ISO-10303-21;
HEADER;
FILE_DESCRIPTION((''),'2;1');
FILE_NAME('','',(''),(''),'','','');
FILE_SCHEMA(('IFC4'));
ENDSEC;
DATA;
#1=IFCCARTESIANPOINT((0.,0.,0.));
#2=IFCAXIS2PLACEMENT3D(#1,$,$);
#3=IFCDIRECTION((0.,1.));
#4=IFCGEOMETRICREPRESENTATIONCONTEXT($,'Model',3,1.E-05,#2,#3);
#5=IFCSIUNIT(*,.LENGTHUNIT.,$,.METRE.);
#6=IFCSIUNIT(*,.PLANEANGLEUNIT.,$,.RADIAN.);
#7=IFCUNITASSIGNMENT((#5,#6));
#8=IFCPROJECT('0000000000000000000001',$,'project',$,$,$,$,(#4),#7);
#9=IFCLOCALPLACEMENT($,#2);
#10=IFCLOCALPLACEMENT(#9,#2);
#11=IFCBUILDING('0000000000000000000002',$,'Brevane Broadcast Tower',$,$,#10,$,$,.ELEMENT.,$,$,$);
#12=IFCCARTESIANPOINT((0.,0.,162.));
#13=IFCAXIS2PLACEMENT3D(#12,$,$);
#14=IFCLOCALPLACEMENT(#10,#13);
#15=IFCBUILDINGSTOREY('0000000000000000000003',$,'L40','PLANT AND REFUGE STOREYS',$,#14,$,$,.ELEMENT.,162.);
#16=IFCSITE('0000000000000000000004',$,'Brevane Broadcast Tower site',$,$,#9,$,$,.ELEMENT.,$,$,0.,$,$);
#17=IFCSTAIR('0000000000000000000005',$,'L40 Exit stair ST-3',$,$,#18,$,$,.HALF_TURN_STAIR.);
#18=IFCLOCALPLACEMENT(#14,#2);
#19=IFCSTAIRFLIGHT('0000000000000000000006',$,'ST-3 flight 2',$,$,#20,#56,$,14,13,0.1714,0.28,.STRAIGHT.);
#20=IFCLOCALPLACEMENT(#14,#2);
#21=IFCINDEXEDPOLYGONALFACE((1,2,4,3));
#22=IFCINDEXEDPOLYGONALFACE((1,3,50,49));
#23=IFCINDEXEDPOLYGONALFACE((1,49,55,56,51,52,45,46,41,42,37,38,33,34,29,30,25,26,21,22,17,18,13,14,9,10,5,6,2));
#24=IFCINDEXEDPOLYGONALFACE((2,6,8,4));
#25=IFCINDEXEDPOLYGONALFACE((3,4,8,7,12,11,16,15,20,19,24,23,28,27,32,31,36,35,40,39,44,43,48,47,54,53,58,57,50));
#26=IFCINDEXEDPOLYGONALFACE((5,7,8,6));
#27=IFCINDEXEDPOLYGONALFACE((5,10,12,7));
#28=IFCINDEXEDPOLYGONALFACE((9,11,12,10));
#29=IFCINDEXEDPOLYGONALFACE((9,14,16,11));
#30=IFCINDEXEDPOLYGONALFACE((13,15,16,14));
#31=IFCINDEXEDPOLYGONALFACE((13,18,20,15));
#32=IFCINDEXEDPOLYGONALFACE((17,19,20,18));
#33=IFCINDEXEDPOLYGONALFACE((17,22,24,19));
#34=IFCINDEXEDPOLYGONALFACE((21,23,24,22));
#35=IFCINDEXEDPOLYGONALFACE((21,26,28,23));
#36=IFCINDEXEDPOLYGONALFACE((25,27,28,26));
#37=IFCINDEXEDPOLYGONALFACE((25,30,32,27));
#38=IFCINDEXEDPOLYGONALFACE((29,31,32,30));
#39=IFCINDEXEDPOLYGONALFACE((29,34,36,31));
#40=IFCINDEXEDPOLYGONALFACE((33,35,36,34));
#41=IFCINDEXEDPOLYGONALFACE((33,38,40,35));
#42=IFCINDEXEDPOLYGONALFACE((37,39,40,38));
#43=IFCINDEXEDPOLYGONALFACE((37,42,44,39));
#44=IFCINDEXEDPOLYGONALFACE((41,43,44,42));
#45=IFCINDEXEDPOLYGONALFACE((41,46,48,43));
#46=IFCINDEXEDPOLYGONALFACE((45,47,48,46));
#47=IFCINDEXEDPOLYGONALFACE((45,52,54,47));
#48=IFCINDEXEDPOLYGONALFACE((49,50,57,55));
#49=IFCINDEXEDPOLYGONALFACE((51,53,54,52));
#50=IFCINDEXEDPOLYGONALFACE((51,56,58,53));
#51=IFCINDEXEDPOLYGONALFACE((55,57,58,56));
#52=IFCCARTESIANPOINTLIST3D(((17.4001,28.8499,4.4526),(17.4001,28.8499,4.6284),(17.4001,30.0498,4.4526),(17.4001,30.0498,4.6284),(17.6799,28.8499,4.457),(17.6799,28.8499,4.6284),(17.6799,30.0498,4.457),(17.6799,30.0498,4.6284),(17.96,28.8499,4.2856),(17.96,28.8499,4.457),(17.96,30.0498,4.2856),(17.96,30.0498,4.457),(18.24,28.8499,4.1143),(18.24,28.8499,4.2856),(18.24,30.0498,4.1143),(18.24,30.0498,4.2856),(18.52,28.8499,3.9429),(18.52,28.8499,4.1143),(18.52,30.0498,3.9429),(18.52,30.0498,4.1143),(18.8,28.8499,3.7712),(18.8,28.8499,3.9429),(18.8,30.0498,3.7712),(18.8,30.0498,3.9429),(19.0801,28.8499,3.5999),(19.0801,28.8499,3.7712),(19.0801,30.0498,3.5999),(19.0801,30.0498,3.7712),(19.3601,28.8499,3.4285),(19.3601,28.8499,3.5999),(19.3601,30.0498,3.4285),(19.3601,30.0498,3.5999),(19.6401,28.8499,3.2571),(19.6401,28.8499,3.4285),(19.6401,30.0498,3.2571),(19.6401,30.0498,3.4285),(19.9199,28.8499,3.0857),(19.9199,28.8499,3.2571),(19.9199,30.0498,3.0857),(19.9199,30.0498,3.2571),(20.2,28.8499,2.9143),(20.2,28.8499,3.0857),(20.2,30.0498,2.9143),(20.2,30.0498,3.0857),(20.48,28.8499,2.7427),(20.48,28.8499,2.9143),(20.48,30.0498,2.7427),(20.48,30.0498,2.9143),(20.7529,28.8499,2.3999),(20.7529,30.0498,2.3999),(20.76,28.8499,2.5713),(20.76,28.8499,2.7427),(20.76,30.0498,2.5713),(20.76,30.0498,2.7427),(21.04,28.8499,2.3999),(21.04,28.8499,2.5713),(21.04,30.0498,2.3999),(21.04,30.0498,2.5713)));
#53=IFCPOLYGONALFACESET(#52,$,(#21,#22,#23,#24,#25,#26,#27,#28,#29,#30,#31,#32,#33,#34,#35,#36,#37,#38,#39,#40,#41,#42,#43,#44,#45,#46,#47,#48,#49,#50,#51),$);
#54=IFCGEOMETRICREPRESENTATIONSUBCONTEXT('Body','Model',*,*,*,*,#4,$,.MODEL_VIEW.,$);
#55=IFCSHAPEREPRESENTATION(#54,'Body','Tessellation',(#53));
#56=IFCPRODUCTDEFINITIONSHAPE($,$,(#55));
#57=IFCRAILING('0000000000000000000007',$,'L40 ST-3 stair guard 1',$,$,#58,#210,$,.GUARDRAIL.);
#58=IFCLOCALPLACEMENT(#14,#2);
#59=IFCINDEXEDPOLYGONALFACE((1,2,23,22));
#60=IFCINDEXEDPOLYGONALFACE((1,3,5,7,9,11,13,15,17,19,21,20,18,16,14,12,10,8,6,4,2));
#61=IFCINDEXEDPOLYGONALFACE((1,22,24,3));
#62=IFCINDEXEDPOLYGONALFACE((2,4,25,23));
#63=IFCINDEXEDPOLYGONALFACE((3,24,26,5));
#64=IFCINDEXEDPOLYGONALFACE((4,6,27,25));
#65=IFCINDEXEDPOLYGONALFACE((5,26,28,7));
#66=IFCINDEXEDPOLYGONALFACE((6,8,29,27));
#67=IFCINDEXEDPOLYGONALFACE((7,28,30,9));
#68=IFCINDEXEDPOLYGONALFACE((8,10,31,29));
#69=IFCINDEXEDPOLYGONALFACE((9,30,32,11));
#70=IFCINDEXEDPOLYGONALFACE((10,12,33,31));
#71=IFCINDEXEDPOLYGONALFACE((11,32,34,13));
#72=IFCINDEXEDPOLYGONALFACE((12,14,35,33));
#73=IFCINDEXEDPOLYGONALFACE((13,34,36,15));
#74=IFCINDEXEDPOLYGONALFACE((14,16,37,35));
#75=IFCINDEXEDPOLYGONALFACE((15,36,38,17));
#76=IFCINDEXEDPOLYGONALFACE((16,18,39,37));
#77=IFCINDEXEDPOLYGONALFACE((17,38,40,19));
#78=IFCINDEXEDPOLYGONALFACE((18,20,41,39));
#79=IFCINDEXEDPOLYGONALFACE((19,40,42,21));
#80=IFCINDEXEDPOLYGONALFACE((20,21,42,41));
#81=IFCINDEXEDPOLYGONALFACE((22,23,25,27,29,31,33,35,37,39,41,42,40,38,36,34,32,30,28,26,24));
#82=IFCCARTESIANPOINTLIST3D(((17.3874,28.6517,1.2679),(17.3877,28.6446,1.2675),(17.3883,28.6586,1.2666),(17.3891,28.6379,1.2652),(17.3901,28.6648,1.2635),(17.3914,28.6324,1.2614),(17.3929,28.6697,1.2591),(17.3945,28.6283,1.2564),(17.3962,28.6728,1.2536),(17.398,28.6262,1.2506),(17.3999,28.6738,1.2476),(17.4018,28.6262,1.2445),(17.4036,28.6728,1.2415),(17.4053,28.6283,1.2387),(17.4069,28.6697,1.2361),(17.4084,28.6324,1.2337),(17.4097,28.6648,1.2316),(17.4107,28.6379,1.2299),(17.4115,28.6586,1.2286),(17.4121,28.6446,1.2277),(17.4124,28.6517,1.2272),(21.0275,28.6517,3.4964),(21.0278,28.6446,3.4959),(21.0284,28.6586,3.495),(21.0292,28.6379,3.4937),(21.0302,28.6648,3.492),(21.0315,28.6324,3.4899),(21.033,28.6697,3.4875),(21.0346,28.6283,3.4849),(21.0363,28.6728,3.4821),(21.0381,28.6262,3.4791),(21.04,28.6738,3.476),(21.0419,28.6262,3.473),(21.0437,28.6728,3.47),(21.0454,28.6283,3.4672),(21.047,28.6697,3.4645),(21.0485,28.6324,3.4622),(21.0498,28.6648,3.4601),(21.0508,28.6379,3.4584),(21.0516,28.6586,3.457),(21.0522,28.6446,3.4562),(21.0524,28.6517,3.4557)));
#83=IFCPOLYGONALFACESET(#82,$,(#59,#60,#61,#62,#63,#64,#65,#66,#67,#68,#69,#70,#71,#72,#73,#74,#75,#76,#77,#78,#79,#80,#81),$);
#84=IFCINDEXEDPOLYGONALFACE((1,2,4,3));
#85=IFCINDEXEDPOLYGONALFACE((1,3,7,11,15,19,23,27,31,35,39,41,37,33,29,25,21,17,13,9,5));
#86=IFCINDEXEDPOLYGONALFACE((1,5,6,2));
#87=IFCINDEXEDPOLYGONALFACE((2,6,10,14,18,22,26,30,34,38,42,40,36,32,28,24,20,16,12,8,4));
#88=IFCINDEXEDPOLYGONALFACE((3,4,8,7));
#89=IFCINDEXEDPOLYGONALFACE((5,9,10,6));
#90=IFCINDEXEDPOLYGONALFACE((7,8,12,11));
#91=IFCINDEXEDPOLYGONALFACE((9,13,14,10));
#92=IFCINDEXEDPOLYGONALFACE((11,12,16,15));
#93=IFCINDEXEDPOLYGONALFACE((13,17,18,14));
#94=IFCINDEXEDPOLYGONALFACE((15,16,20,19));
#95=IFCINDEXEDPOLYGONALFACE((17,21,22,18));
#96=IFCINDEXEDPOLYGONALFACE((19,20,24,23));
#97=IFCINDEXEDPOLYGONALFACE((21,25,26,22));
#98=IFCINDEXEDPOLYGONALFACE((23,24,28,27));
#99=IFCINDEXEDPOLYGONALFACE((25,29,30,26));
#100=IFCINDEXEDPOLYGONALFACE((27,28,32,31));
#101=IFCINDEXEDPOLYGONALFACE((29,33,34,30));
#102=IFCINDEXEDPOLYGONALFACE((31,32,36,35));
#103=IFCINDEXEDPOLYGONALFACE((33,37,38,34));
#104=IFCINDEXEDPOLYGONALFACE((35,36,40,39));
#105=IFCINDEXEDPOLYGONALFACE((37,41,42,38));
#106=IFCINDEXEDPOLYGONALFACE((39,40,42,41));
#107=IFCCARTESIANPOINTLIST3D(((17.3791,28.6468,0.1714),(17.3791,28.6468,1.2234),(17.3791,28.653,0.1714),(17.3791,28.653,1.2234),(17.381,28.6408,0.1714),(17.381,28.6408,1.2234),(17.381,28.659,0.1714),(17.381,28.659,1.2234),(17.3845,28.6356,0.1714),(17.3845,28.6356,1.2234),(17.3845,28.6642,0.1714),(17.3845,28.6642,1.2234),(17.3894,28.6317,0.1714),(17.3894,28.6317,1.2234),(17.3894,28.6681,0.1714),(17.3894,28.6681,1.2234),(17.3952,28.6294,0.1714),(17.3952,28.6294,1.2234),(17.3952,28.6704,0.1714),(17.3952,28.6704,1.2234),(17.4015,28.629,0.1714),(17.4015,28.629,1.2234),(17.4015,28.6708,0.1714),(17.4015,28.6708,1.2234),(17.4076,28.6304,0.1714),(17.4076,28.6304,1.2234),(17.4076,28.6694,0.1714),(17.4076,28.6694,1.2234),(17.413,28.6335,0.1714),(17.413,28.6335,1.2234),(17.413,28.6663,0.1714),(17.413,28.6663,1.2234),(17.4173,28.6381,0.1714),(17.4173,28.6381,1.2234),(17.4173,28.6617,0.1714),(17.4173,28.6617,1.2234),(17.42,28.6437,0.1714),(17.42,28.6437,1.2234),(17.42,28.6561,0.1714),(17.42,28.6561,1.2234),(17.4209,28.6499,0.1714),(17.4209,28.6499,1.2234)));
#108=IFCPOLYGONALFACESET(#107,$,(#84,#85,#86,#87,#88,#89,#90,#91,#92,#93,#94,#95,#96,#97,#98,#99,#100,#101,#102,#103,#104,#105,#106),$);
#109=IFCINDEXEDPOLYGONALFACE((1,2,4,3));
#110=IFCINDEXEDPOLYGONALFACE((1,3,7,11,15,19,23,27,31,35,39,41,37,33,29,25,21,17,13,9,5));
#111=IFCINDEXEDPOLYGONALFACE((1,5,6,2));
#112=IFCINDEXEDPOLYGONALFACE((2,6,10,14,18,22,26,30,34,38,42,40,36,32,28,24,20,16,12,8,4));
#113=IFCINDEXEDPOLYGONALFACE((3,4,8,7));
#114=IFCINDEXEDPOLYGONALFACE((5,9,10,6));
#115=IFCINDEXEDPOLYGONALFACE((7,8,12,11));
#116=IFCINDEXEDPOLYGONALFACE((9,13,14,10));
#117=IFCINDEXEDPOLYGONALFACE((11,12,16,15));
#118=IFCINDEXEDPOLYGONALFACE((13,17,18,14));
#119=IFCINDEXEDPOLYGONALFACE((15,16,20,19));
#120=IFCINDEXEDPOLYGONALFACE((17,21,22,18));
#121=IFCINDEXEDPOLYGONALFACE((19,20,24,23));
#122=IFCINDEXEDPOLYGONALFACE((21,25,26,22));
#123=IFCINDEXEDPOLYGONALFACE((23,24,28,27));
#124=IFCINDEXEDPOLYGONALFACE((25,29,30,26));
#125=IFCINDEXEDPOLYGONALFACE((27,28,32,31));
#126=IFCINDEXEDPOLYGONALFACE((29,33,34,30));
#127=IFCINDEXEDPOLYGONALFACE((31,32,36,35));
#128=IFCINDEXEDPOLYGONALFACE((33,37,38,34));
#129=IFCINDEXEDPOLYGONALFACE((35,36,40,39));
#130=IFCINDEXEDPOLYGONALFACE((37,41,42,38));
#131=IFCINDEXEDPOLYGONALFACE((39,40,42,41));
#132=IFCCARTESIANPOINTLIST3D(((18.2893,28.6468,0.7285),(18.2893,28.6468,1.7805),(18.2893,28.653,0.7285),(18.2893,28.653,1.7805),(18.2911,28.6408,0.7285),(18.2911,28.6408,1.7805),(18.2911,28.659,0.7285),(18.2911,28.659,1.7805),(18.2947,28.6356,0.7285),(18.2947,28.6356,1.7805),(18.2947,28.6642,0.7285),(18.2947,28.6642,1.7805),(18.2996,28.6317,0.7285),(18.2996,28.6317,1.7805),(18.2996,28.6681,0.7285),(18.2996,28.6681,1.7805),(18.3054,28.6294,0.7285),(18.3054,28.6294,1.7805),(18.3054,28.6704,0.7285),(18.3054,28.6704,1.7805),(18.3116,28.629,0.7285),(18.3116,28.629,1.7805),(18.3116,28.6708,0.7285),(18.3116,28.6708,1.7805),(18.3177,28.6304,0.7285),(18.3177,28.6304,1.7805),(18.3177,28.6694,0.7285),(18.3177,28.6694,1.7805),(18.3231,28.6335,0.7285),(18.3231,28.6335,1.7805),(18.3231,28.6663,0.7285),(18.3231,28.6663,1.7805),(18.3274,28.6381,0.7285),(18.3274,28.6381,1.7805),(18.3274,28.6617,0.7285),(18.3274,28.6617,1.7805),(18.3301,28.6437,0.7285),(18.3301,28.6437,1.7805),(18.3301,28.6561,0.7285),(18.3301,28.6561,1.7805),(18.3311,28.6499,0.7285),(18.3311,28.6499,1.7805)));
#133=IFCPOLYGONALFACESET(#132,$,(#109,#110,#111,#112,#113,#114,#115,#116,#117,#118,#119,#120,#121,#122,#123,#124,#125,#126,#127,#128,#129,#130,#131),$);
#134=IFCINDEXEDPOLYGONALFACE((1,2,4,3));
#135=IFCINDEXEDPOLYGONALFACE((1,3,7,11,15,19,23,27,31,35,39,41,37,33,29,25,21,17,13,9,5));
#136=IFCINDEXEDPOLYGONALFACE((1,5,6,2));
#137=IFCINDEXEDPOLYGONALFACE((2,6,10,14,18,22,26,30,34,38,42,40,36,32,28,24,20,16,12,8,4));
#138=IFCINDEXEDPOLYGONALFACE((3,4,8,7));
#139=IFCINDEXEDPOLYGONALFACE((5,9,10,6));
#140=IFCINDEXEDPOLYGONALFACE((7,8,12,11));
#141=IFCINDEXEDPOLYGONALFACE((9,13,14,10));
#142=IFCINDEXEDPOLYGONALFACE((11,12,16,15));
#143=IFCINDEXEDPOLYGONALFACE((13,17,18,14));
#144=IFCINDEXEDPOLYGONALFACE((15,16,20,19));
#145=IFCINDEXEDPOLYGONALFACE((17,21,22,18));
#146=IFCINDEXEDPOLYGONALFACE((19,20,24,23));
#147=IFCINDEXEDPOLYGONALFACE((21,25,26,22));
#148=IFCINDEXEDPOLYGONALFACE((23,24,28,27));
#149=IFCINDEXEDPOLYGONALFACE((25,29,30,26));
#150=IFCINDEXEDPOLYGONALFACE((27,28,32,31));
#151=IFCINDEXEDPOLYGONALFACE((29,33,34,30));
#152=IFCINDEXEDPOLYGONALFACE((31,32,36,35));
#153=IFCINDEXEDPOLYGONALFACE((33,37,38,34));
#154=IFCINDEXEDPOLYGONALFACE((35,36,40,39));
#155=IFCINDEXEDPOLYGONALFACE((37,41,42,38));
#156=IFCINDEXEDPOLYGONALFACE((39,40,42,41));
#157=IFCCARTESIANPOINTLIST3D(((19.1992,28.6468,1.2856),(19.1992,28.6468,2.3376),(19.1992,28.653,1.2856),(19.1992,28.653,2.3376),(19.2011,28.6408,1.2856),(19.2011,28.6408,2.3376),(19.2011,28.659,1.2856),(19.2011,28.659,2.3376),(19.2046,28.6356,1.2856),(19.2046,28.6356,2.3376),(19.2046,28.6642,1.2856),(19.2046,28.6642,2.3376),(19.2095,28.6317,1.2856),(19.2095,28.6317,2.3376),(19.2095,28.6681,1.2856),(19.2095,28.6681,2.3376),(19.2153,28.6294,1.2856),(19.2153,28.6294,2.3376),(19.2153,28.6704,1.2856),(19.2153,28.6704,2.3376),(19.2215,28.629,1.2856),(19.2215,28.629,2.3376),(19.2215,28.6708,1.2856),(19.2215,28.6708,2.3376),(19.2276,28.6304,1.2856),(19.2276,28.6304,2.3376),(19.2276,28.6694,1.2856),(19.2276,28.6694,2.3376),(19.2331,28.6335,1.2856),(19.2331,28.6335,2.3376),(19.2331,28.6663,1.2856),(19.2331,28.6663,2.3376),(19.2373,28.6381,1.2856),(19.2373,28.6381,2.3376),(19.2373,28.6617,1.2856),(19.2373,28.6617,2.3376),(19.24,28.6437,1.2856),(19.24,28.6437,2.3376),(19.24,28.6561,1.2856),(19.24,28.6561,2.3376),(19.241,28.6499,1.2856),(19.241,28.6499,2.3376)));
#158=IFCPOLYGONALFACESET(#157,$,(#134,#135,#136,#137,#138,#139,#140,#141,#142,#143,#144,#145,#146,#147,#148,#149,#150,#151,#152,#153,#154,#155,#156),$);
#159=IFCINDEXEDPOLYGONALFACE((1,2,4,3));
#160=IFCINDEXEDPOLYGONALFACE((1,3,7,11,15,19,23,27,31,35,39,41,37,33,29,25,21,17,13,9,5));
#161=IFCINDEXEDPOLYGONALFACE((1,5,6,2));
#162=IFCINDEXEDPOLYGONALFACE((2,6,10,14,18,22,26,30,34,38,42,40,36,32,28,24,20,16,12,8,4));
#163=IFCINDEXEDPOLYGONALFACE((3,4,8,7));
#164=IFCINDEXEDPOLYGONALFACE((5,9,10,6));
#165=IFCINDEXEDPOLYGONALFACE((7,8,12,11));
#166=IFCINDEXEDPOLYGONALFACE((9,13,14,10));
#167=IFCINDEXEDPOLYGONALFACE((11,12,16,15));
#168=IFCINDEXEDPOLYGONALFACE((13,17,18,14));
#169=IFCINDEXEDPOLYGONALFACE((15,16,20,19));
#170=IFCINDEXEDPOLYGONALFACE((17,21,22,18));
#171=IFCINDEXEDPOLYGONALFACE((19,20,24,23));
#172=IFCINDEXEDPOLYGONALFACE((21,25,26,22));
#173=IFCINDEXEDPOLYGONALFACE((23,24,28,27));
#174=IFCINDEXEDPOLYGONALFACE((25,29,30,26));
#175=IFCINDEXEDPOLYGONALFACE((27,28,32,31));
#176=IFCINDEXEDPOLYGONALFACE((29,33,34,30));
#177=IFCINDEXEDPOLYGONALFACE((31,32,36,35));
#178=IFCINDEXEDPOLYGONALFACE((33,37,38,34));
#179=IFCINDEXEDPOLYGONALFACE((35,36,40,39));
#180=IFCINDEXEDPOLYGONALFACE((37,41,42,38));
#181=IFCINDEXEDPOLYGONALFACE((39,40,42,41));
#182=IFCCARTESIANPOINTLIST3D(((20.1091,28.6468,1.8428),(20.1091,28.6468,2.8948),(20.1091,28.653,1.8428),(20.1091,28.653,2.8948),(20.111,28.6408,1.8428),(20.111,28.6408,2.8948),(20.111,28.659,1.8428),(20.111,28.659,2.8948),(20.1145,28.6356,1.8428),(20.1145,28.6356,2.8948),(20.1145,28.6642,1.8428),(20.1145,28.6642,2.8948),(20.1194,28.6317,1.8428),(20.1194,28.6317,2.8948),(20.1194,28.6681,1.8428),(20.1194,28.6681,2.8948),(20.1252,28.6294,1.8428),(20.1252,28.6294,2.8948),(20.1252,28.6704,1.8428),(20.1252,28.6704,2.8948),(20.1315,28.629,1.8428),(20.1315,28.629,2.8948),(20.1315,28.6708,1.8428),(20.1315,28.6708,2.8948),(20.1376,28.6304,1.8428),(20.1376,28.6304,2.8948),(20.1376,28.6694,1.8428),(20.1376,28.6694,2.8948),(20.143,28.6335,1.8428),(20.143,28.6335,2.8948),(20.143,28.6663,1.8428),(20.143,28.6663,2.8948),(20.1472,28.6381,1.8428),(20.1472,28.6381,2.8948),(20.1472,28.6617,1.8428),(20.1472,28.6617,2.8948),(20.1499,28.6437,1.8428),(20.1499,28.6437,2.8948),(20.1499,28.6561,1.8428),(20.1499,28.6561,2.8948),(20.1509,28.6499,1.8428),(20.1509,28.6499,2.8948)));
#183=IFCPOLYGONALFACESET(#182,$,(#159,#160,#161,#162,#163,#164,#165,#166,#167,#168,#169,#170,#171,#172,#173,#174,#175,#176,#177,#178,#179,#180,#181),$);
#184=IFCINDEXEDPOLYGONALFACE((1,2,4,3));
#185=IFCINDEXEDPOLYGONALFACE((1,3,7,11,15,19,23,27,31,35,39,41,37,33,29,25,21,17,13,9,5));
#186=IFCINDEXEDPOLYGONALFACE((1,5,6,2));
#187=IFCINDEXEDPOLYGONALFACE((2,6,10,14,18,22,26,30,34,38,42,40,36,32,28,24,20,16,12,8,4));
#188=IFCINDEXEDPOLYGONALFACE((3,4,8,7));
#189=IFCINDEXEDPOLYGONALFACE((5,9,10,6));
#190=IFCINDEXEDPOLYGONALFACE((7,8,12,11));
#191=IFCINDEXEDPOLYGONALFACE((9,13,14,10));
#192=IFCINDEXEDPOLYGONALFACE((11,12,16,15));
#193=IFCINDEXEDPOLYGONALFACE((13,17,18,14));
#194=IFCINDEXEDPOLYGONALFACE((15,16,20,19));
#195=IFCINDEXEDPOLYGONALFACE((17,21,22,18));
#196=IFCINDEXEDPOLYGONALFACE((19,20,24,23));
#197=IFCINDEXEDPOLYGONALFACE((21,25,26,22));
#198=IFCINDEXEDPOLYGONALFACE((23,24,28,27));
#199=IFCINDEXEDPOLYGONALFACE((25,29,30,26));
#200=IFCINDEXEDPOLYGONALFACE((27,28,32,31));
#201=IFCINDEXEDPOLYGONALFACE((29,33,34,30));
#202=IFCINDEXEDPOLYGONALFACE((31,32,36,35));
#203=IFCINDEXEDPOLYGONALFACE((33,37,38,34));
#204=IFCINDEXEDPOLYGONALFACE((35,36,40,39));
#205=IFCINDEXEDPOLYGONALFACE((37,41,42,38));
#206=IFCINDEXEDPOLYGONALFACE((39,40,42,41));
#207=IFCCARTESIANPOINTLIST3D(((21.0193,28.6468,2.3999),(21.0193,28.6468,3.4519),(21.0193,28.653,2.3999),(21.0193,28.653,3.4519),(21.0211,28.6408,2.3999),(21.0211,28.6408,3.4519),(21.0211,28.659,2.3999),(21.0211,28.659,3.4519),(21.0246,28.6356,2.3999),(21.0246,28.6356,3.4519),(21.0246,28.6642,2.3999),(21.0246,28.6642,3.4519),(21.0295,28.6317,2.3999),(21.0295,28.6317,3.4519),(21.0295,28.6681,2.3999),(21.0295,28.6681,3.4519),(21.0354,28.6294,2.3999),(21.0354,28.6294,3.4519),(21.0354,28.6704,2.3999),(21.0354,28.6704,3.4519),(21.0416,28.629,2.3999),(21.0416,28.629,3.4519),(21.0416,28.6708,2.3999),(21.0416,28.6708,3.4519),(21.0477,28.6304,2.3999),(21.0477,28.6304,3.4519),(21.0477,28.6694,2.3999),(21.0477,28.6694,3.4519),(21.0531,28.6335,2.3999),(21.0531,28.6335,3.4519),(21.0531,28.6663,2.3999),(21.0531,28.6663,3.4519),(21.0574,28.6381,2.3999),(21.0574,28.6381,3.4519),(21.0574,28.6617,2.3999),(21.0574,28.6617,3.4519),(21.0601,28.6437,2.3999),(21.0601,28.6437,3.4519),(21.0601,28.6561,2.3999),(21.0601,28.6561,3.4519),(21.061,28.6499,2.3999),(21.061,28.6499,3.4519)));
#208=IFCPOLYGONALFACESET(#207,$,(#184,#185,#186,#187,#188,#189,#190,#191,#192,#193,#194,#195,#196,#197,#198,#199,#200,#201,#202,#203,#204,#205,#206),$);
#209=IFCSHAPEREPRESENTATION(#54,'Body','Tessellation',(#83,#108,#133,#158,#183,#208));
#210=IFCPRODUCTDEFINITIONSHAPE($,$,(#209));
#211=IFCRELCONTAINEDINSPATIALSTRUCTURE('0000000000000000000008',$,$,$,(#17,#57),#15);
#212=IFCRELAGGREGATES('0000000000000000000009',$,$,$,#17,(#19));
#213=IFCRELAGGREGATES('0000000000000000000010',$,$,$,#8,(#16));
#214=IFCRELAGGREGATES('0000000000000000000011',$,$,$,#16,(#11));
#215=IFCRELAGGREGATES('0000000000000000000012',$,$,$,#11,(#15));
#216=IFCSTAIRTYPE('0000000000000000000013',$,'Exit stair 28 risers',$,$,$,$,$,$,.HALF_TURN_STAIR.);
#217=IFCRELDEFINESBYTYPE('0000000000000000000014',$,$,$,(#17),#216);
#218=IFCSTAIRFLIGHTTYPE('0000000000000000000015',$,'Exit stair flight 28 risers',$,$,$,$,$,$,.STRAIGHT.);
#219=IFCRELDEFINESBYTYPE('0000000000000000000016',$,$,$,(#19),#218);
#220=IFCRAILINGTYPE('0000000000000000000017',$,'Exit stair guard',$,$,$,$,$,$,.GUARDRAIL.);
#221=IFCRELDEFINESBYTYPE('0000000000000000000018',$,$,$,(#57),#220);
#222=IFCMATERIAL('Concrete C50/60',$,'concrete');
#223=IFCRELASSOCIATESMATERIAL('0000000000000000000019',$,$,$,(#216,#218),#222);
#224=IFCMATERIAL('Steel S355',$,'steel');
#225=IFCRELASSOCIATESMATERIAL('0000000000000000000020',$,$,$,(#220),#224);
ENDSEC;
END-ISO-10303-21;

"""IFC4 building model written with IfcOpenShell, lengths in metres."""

from ifc_helpers import new_model, si_unit, direction, frame, origin, origin_2d, place, context, subcontext, project, spatial, polyline, circle, outline, extrude, material, type_object, element, aggregate, save


model = new_model("IFC4")

# Units and contexts
model_context = context("Model", 3, precision=1e-05, world=origin(), true_north=direction((0.0, 1.0)))
body_context = subcontext(model_context, "Body", "Model", "MODEL_VIEW")
ifc_project = project(units=[si_unit("LENGTHUNIT", "METRE"), si_unit("PLANEANGLEUNIT", "RADIAN")], contexts=[model_context])

# Site, building, storey
site_placement = place(None, origin())
site = spatial("IfcSite", under=ifc_project, at=site_placement, Name="Brevane Broadcast Tower site", CompositionType="ELEMENT", RefElevation=0.0)
building_placement = place(site_placement, origin())
building = spatial("IfcBuilding", under=site, at=building_placement, Name="Brevane Broadcast Tower", CompositionType="ELEMENT")
storey_placement = place(building_placement, frame((0.0, 0.0, 162.0)))
storey = spatial("IfcBuildingStorey", under=building, at=storey_placement, Name="L40", Description="PLANT AND REFUGE STOREYS", CompositionType="ELEMENT", Elevation=162.0)

# Stair, stair flight
ifc_material_1 = material(Name="Concrete C50/60", Category="concrete")
stair_type = type_object("IfcStairType", Name="Exit stair 28 risers", PredefinedType="HALF_TURN_STAIR", material=ifc_material_1)
stair_placement = place(storey_placement, origin())
stair = element("IfcStair", 1, at=stair_placement, inside=storey, type_object=stair_type, Name="L40 Exit stair ST-3", PredefinedType="HALF_TURN_STAIR")
stair_flight_type = type_object("IfcStairFlightType", Name="Exit stair flight 28 risers", PredefinedType="STRAIGHT", material=ifc_material_1)
stair_flight_placement = place(storey_placement, frame((21.04, 29.45, 2.3999), z_axis=(0.0, 0.0, 1.0), x_axis=(-1.0, 0.0, 0.0)))
stair_flight = element("IfcStairFlight", 2, at=stair_flight_placement, type_object=stair_flight_type, Name="ST-3 flight 2", NumberOfRisers=14, NumberOfTreads=13, PredefinedType="STRAIGHT", RiserHeight=0.1714, TreadLength=0.28, context=body_context, shape_type="SweptSolid", body=[
    extrude(outline(polyline([(0.0, 0.0), (0.0, 0.1714), (0.28, 0.1714), (0.28, 0.3428), (0.5601, 0.3428), (0.5601, 0.5144), (0.8401, 0.5144), (0.8401, 0.6858), (1.1201, 0.6858), (1.1201, 0.8572), (1.3999, 0.8572), (1.3999, 1.0286), (1.6799, 1.0286), (1.6799, 1.2), (1.96, 1.2), (1.96, 1.3713), (2.24, 1.3713), (2.24, 1.543), (2.52, 1.543), (2.52, 1.7144), (2.8, 1.7144), (2.8, 1.8857), (3.0801, 1.8857), (3.0801, 2.0571), (3.3601, 2.0571), (3.3601, 2.2285), (3.6399, 2.2285), (3.6399, 2.3999), (3.6399, 2.0527), (0.2871, 0.0), (0.0, 0.0)])), frame((0.0, 0.6001, 0.0), z_axis=(0.0, -1.0, 0.0), x_axis=(1.0, 0.0, 0.0)), (0.0, 0.0, 1.0), 1.2),
])
aggregate(stair, [stair_flight])

# Railing
ifc_material_2 = material(Name="Steel S355", Category="steel")
railing_type_1 = type_object("IfcRailingType", Name="Exit stair guard", PredefinedType="GUARDRAIL", material=ifc_material_2)
railing_1_placement = place(storey_placement, frame((17.3999, 28.6499, 0.1714)))
element("IfcRailing", 3, at=railing_1_placement, inside=storey, type_object=railing_type_1, Name="L40 ST-3 stair guard 1", PredefinedType="GUARDRAIL", context=body_context, shape_type="SweptSolid", body=[
    extrude(circle(Radius=0.0239, at=origin_2d()), frame((0.0, 0.0, 1.0762), z_axis=(0.852866, 0.0, 0.52213), x_axis=(0.0, 1.0, 0.0)), (0.0, 0.0, 1.0), 4.2681),
    extrude(circle(Radius=0.021, at=origin_2d()), origin(), (0.0, 0.0, 1.0), 1.052),
    extrude(circle(Radius=0.021, at=origin_2d()), frame((0.9102, 0.0, 0.5571)), (0.0, 0.0, 1.0), 1.052),
    extrude(circle(Radius=0.021, at=origin_2d()), frame((1.8201, 0.0, 1.1143)), (0.0, 0.0, 1.0), 1.052),
    extrude(circle(Radius=0.021, at=origin_2d()), frame((2.73, 0.0, 1.6714)), (0.0, 0.0, 1.0), 1.052),
    extrude(circle(Radius=0.021, at=origin_2d()), frame((3.6401, 0.0, 2.2285)), (0.0, 0.0, 1.0), 1.052),
])

save(model, "model.ifc")
